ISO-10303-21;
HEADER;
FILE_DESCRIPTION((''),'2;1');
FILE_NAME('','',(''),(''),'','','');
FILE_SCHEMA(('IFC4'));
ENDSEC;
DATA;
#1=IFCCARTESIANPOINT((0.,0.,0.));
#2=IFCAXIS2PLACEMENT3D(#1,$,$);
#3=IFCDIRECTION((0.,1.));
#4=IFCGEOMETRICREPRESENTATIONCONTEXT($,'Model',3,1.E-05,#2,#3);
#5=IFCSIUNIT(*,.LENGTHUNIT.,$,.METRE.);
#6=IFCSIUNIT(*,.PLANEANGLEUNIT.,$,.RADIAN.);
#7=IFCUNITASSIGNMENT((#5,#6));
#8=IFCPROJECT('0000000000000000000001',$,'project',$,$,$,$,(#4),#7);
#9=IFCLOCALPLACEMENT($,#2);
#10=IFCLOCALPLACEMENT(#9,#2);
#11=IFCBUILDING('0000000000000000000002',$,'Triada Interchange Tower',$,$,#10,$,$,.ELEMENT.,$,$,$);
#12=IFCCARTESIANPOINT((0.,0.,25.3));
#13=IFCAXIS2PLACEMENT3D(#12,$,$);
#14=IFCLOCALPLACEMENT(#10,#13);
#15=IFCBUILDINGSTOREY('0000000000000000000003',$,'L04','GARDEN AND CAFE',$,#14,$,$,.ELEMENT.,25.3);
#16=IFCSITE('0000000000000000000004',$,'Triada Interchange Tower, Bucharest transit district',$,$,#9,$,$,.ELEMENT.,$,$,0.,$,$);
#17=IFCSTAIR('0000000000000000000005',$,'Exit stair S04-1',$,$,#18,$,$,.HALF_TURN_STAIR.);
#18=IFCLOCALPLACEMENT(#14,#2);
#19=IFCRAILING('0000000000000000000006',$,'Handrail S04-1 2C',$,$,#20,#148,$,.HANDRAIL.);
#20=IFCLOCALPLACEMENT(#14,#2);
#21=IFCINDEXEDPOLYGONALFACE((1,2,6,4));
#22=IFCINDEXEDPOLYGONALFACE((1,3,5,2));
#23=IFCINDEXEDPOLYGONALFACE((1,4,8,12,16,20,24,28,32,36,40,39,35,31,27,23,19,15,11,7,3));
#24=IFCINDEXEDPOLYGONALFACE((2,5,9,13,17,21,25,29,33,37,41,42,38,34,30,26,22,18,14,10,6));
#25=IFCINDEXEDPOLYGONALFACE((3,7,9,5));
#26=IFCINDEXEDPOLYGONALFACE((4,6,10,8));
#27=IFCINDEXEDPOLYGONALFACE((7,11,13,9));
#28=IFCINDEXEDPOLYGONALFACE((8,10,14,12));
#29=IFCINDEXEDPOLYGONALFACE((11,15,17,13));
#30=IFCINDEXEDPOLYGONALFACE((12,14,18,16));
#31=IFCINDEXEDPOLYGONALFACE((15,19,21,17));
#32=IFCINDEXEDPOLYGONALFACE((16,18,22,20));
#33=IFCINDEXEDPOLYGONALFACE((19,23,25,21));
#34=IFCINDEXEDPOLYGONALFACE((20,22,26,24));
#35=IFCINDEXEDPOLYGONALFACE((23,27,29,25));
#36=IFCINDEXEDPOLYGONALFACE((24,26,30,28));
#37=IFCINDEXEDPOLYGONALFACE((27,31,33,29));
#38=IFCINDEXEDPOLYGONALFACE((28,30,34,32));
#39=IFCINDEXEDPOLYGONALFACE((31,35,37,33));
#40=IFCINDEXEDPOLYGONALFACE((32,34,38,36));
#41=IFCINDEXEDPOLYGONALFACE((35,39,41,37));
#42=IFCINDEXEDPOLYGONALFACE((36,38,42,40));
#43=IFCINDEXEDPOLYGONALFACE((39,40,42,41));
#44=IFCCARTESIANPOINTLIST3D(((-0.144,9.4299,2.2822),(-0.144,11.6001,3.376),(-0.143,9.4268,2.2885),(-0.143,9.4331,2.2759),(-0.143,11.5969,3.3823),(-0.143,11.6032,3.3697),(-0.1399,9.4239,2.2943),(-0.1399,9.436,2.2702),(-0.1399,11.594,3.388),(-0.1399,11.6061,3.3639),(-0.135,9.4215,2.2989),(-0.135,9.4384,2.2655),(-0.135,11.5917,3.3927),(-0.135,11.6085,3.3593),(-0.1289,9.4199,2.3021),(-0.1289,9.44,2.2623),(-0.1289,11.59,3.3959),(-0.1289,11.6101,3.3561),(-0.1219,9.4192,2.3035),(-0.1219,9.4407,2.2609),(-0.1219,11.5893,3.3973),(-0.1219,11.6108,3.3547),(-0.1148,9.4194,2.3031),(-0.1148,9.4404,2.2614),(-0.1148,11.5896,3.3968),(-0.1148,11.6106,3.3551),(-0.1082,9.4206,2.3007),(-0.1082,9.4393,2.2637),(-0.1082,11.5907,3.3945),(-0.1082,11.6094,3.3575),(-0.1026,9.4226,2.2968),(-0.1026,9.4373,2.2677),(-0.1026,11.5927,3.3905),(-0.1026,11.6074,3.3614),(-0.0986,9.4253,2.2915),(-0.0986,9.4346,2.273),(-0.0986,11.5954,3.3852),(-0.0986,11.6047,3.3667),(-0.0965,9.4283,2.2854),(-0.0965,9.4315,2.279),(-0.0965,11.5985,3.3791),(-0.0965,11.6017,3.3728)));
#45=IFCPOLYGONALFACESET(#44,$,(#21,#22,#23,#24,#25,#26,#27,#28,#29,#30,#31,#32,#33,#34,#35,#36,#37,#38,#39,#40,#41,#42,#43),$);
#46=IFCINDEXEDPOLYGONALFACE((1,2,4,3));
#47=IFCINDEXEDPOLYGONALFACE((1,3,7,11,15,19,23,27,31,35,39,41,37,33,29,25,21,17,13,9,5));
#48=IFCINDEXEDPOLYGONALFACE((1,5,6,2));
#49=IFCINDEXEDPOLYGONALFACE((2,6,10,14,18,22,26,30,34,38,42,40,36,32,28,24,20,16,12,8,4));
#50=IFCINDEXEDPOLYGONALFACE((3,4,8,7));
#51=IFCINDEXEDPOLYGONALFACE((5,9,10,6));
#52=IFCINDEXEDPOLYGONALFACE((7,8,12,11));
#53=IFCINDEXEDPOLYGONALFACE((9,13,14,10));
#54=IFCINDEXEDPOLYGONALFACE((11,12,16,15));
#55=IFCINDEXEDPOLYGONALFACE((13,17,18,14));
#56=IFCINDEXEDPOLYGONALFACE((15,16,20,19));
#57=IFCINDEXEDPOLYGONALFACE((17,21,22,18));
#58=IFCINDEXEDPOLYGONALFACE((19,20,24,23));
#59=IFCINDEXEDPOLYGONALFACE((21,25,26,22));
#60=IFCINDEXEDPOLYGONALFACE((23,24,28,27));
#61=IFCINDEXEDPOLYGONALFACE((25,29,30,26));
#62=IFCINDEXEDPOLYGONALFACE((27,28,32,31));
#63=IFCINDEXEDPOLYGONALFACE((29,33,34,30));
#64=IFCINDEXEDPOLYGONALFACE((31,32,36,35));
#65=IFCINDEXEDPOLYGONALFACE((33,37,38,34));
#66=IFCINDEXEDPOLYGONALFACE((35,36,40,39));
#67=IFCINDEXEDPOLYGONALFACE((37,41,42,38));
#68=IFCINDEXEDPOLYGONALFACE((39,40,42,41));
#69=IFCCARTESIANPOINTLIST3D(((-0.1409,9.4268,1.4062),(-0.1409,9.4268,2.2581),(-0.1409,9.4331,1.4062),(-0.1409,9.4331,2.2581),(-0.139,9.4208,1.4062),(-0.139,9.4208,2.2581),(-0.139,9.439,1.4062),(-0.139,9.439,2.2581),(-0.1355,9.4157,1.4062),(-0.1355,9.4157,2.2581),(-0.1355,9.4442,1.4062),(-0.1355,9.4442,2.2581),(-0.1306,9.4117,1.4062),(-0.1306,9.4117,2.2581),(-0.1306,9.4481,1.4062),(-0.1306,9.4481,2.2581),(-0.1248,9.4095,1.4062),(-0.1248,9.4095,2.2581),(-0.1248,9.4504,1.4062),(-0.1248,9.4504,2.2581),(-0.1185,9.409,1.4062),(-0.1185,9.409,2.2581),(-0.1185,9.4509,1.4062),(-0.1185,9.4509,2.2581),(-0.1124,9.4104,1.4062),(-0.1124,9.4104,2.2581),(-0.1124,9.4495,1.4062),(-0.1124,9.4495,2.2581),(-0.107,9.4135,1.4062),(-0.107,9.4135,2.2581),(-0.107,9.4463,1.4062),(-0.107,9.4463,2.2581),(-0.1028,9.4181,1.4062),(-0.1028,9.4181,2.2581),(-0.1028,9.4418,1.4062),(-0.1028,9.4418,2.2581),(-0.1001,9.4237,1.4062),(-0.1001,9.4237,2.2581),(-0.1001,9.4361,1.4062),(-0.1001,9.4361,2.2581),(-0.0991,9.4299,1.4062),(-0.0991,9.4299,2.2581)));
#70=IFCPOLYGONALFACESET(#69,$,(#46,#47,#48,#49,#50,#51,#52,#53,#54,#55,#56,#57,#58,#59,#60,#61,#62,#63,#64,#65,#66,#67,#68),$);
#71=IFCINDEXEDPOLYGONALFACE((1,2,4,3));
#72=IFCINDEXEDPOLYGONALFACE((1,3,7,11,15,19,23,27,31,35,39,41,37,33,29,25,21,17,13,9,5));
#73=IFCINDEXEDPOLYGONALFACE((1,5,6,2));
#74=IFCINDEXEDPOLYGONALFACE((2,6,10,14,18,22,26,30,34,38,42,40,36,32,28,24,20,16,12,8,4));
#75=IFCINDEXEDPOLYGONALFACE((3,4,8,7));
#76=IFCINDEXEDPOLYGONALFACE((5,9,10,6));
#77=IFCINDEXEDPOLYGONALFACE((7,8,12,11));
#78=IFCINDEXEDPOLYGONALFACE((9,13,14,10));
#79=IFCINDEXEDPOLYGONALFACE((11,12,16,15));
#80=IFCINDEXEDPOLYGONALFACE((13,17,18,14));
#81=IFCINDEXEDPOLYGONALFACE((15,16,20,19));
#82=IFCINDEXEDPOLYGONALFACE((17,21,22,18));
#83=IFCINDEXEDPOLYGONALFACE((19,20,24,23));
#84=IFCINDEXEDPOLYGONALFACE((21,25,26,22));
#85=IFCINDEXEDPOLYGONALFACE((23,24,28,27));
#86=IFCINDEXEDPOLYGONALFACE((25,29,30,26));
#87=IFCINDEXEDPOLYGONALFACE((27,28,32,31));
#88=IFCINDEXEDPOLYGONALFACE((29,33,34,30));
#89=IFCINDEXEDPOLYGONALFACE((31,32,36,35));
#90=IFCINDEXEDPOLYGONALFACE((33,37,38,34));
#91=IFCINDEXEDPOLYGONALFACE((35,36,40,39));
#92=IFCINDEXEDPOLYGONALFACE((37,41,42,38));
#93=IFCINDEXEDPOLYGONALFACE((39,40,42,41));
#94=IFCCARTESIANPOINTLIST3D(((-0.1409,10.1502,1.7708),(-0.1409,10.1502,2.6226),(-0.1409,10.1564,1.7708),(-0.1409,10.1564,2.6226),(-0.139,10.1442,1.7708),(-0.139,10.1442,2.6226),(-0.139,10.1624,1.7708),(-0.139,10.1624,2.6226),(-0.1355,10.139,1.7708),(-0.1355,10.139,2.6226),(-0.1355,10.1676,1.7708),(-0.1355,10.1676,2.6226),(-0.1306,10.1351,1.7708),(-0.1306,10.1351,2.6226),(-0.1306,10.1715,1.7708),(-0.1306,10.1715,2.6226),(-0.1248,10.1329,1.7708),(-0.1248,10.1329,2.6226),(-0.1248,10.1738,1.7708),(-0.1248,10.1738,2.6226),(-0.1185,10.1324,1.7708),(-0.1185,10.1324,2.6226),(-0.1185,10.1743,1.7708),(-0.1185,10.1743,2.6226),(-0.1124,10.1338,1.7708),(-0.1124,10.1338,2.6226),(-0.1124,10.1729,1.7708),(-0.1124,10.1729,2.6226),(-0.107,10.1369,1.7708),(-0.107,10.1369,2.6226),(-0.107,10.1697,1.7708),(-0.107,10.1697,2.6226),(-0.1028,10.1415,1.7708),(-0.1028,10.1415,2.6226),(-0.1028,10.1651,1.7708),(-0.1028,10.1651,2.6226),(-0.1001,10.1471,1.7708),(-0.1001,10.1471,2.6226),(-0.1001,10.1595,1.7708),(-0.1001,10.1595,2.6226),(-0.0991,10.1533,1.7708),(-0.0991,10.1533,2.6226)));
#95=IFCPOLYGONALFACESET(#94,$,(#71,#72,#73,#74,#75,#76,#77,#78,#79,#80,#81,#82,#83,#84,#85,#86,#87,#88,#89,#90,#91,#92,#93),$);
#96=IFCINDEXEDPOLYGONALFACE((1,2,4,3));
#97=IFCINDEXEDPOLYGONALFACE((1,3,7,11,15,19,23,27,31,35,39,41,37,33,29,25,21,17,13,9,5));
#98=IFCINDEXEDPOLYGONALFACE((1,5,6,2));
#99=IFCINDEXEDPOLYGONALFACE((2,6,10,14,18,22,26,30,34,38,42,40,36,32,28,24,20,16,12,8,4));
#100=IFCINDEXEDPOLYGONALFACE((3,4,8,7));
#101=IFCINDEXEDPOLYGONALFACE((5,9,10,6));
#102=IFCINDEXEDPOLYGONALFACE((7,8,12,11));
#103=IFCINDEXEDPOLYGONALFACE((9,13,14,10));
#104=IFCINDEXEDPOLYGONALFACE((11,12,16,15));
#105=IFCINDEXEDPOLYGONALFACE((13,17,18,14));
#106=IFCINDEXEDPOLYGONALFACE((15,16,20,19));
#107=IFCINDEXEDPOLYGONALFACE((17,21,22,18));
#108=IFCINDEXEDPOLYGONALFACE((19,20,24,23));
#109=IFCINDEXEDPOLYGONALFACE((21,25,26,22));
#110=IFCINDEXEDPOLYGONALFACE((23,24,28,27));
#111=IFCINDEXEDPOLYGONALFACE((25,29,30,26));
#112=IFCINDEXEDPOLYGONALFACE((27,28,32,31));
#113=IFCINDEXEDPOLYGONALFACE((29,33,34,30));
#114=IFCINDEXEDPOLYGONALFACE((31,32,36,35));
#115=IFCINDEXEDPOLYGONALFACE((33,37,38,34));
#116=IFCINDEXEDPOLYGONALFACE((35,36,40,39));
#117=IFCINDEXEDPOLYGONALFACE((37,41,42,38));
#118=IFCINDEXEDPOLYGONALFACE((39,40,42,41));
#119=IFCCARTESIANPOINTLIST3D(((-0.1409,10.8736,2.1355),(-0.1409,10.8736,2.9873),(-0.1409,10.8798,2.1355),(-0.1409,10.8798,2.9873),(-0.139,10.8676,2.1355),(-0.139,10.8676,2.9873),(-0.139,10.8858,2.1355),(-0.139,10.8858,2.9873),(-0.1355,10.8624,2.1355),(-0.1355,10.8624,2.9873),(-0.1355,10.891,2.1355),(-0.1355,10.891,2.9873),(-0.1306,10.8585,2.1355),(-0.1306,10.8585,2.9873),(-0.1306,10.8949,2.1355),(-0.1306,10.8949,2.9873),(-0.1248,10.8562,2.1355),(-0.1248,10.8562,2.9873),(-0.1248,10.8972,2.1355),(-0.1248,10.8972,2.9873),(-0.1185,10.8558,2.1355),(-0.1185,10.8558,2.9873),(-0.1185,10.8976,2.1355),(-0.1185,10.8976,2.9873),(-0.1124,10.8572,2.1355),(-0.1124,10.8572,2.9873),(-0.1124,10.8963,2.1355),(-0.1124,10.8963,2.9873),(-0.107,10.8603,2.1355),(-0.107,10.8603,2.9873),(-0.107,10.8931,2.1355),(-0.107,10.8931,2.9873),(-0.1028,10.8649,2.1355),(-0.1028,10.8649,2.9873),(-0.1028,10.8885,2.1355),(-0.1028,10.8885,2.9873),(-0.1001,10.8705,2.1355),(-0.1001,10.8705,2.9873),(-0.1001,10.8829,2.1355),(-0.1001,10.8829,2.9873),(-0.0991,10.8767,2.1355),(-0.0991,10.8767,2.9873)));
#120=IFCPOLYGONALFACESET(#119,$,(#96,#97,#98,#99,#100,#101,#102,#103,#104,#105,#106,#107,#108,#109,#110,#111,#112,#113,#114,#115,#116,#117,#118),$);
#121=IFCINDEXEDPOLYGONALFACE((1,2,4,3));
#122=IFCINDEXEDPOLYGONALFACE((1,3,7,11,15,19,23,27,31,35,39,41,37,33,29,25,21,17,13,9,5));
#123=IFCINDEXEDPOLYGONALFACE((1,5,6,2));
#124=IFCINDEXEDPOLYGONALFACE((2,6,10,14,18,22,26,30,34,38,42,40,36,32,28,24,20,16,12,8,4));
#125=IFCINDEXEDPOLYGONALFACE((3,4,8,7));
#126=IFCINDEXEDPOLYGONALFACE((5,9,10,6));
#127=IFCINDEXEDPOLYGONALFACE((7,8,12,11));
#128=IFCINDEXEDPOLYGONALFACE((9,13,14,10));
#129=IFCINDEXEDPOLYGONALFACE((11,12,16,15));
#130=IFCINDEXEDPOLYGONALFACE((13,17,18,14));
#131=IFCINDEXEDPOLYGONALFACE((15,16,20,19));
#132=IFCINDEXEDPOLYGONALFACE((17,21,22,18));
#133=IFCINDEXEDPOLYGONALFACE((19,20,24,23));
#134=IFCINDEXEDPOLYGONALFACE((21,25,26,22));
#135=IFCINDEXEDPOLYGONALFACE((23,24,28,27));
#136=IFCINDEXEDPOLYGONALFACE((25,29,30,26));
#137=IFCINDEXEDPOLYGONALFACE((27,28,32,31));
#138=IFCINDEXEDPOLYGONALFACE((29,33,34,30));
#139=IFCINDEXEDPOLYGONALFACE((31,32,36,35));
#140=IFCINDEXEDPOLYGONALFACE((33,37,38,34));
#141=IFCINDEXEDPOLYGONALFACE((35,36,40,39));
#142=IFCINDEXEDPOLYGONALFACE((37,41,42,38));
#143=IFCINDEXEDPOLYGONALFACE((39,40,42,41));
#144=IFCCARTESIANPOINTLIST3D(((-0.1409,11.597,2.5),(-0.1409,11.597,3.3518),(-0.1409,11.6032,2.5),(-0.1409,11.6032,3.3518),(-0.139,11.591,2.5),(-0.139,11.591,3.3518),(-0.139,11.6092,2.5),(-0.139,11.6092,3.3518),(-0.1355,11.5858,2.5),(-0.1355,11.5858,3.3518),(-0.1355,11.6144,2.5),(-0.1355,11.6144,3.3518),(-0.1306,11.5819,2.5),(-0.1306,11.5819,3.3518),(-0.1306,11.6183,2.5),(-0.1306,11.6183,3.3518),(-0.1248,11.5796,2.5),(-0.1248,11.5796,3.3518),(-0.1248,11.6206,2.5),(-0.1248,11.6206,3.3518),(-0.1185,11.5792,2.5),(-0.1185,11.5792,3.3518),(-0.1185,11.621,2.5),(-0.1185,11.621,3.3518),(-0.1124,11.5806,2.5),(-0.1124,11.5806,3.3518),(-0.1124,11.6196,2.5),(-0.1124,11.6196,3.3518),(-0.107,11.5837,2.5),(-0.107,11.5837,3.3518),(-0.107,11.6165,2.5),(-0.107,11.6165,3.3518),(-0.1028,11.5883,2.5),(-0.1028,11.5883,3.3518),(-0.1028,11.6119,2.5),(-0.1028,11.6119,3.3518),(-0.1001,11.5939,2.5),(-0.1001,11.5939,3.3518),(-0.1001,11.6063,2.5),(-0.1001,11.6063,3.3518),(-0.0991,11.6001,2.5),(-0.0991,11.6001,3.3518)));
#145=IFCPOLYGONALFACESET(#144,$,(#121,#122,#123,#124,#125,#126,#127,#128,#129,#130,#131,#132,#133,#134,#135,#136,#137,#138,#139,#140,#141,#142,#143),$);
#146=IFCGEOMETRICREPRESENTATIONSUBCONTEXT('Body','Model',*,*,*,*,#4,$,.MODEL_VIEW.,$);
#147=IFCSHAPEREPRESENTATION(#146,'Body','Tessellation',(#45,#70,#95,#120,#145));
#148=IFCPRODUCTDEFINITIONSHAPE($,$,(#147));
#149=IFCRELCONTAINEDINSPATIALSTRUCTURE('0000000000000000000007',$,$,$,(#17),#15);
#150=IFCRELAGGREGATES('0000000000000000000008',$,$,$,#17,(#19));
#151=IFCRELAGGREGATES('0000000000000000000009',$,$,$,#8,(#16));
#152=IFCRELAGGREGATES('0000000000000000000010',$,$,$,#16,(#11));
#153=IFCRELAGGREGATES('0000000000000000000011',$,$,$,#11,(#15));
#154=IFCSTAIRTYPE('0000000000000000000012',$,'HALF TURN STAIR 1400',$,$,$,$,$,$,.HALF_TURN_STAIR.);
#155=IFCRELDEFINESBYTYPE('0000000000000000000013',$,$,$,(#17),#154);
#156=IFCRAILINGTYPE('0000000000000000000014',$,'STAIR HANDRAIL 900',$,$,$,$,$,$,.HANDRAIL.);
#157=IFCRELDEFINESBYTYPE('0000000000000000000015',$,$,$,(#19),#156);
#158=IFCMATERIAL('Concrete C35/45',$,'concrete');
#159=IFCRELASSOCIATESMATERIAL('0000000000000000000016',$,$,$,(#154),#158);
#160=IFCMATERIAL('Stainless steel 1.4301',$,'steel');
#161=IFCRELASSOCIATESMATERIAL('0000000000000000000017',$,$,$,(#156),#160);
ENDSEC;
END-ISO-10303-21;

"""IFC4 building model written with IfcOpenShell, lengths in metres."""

from ifc_helpers import new_model, si_unit, direction, frame, origin, origin_2d, place, context, subcontext, project, spatial, circle, extrude, material, type_object, element, aggregate, save


model = new_model("IFC4")

# Units and contexts
model_context = context("Model", 3, precision=1e-05, world=origin(), true_north=direction((0.0, 1.0)))
body_context = subcontext(model_context, "Body", "Model", "MODEL_VIEW")
ifc_project = project(units=[si_unit("LENGTHUNIT", "METRE"), si_unit("PLANEANGLEUNIT", "RADIAN")], contexts=[model_context])

# Site, building, storey
site_placement = place(None, origin())
site = spatial("IfcSite", under=ifc_project, at=site_placement, Name="Triada Interchange Tower, Bucharest transit district", CompositionType="ELEMENT", RefElevation=0.0)
building_placement = place(site_placement, origin())
building = spatial("IfcBuilding", under=site, at=building_placement, Name="Triada Interchange Tower", CompositionType="ELEMENT")
storey_placement = place(building_placement, frame((0.0, 0.0, 25.3)))
storey = spatial("IfcBuildingStorey", under=building, at=storey_placement, Name="L04", Description="GARDEN AND CAFE", CompositionType="ELEMENT", Elevation=25.3)

# Stair, railing
ifc_material_1 = material(Name="Concrete C35/45", Category="concrete")
stair_type = type_object("IfcStairType", Name="HALF TURN STAIR 1400", PredefinedType="HALF_TURN_STAIR", material=ifc_material_1)
stair_placement = place(storey_placement, origin())
stair = element("IfcStair", 1, at=stair_placement, inside=storey, type_object=stair_type, Name="Exit stair S04-1", PredefinedType="HALF_TURN_STAIR")
ifc_material_2 = material(Name="Stainless steel 1.4301", Category="steel")
railing_type = type_object("IfcRailingType", Name="STAIR HANDRAIL 900", PredefinedType="HANDRAIL", material=ifc_material_2)
railing_1_placement = place(storey_placement, frame((-0.1201, 9.4299, 1.4062)))
railing_1 = element("IfcRailing", 2, at=railing_1_placement, type_object=railing_type, Name="Handrail S04-1 2C", PredefinedType="HANDRAIL", context=body_context, shape_type="SweptSolid", body=[
    extrude(circle(Radius=0.0239, at=origin_2d()), frame((0.0, 0.0, 0.876), z_axis=(0.0, 0.892996, 0.450064), x_axis=(-1.0, 0.0, 0.0)), (0.0, 0.0, 1.0), 2.4302),
    extrude(circle(Radius=0.021, at=origin_2d()), origin(), (0.0, 0.0, 1.0), 0.8518),
    extrude(circle(Radius=0.021, at=origin_2d()), frame((0.0, 0.7234, 0.3645)), (0.0, 0.0, 1.0), 0.8518),
    extrude(circle(Radius=0.021, at=origin_2d()), frame((0.0, 1.4468, 0.7292)), (0.0, 0.0, 1.0), 0.8518),
    extrude(circle(Radius=0.021, at=origin_2d()), frame((0.0, 2.1702, 1.0938)), (0.0, 0.0, 1.0), 0.8518),
])
aggregate(stair, [railing_1])

save(model, "model.ifc")
